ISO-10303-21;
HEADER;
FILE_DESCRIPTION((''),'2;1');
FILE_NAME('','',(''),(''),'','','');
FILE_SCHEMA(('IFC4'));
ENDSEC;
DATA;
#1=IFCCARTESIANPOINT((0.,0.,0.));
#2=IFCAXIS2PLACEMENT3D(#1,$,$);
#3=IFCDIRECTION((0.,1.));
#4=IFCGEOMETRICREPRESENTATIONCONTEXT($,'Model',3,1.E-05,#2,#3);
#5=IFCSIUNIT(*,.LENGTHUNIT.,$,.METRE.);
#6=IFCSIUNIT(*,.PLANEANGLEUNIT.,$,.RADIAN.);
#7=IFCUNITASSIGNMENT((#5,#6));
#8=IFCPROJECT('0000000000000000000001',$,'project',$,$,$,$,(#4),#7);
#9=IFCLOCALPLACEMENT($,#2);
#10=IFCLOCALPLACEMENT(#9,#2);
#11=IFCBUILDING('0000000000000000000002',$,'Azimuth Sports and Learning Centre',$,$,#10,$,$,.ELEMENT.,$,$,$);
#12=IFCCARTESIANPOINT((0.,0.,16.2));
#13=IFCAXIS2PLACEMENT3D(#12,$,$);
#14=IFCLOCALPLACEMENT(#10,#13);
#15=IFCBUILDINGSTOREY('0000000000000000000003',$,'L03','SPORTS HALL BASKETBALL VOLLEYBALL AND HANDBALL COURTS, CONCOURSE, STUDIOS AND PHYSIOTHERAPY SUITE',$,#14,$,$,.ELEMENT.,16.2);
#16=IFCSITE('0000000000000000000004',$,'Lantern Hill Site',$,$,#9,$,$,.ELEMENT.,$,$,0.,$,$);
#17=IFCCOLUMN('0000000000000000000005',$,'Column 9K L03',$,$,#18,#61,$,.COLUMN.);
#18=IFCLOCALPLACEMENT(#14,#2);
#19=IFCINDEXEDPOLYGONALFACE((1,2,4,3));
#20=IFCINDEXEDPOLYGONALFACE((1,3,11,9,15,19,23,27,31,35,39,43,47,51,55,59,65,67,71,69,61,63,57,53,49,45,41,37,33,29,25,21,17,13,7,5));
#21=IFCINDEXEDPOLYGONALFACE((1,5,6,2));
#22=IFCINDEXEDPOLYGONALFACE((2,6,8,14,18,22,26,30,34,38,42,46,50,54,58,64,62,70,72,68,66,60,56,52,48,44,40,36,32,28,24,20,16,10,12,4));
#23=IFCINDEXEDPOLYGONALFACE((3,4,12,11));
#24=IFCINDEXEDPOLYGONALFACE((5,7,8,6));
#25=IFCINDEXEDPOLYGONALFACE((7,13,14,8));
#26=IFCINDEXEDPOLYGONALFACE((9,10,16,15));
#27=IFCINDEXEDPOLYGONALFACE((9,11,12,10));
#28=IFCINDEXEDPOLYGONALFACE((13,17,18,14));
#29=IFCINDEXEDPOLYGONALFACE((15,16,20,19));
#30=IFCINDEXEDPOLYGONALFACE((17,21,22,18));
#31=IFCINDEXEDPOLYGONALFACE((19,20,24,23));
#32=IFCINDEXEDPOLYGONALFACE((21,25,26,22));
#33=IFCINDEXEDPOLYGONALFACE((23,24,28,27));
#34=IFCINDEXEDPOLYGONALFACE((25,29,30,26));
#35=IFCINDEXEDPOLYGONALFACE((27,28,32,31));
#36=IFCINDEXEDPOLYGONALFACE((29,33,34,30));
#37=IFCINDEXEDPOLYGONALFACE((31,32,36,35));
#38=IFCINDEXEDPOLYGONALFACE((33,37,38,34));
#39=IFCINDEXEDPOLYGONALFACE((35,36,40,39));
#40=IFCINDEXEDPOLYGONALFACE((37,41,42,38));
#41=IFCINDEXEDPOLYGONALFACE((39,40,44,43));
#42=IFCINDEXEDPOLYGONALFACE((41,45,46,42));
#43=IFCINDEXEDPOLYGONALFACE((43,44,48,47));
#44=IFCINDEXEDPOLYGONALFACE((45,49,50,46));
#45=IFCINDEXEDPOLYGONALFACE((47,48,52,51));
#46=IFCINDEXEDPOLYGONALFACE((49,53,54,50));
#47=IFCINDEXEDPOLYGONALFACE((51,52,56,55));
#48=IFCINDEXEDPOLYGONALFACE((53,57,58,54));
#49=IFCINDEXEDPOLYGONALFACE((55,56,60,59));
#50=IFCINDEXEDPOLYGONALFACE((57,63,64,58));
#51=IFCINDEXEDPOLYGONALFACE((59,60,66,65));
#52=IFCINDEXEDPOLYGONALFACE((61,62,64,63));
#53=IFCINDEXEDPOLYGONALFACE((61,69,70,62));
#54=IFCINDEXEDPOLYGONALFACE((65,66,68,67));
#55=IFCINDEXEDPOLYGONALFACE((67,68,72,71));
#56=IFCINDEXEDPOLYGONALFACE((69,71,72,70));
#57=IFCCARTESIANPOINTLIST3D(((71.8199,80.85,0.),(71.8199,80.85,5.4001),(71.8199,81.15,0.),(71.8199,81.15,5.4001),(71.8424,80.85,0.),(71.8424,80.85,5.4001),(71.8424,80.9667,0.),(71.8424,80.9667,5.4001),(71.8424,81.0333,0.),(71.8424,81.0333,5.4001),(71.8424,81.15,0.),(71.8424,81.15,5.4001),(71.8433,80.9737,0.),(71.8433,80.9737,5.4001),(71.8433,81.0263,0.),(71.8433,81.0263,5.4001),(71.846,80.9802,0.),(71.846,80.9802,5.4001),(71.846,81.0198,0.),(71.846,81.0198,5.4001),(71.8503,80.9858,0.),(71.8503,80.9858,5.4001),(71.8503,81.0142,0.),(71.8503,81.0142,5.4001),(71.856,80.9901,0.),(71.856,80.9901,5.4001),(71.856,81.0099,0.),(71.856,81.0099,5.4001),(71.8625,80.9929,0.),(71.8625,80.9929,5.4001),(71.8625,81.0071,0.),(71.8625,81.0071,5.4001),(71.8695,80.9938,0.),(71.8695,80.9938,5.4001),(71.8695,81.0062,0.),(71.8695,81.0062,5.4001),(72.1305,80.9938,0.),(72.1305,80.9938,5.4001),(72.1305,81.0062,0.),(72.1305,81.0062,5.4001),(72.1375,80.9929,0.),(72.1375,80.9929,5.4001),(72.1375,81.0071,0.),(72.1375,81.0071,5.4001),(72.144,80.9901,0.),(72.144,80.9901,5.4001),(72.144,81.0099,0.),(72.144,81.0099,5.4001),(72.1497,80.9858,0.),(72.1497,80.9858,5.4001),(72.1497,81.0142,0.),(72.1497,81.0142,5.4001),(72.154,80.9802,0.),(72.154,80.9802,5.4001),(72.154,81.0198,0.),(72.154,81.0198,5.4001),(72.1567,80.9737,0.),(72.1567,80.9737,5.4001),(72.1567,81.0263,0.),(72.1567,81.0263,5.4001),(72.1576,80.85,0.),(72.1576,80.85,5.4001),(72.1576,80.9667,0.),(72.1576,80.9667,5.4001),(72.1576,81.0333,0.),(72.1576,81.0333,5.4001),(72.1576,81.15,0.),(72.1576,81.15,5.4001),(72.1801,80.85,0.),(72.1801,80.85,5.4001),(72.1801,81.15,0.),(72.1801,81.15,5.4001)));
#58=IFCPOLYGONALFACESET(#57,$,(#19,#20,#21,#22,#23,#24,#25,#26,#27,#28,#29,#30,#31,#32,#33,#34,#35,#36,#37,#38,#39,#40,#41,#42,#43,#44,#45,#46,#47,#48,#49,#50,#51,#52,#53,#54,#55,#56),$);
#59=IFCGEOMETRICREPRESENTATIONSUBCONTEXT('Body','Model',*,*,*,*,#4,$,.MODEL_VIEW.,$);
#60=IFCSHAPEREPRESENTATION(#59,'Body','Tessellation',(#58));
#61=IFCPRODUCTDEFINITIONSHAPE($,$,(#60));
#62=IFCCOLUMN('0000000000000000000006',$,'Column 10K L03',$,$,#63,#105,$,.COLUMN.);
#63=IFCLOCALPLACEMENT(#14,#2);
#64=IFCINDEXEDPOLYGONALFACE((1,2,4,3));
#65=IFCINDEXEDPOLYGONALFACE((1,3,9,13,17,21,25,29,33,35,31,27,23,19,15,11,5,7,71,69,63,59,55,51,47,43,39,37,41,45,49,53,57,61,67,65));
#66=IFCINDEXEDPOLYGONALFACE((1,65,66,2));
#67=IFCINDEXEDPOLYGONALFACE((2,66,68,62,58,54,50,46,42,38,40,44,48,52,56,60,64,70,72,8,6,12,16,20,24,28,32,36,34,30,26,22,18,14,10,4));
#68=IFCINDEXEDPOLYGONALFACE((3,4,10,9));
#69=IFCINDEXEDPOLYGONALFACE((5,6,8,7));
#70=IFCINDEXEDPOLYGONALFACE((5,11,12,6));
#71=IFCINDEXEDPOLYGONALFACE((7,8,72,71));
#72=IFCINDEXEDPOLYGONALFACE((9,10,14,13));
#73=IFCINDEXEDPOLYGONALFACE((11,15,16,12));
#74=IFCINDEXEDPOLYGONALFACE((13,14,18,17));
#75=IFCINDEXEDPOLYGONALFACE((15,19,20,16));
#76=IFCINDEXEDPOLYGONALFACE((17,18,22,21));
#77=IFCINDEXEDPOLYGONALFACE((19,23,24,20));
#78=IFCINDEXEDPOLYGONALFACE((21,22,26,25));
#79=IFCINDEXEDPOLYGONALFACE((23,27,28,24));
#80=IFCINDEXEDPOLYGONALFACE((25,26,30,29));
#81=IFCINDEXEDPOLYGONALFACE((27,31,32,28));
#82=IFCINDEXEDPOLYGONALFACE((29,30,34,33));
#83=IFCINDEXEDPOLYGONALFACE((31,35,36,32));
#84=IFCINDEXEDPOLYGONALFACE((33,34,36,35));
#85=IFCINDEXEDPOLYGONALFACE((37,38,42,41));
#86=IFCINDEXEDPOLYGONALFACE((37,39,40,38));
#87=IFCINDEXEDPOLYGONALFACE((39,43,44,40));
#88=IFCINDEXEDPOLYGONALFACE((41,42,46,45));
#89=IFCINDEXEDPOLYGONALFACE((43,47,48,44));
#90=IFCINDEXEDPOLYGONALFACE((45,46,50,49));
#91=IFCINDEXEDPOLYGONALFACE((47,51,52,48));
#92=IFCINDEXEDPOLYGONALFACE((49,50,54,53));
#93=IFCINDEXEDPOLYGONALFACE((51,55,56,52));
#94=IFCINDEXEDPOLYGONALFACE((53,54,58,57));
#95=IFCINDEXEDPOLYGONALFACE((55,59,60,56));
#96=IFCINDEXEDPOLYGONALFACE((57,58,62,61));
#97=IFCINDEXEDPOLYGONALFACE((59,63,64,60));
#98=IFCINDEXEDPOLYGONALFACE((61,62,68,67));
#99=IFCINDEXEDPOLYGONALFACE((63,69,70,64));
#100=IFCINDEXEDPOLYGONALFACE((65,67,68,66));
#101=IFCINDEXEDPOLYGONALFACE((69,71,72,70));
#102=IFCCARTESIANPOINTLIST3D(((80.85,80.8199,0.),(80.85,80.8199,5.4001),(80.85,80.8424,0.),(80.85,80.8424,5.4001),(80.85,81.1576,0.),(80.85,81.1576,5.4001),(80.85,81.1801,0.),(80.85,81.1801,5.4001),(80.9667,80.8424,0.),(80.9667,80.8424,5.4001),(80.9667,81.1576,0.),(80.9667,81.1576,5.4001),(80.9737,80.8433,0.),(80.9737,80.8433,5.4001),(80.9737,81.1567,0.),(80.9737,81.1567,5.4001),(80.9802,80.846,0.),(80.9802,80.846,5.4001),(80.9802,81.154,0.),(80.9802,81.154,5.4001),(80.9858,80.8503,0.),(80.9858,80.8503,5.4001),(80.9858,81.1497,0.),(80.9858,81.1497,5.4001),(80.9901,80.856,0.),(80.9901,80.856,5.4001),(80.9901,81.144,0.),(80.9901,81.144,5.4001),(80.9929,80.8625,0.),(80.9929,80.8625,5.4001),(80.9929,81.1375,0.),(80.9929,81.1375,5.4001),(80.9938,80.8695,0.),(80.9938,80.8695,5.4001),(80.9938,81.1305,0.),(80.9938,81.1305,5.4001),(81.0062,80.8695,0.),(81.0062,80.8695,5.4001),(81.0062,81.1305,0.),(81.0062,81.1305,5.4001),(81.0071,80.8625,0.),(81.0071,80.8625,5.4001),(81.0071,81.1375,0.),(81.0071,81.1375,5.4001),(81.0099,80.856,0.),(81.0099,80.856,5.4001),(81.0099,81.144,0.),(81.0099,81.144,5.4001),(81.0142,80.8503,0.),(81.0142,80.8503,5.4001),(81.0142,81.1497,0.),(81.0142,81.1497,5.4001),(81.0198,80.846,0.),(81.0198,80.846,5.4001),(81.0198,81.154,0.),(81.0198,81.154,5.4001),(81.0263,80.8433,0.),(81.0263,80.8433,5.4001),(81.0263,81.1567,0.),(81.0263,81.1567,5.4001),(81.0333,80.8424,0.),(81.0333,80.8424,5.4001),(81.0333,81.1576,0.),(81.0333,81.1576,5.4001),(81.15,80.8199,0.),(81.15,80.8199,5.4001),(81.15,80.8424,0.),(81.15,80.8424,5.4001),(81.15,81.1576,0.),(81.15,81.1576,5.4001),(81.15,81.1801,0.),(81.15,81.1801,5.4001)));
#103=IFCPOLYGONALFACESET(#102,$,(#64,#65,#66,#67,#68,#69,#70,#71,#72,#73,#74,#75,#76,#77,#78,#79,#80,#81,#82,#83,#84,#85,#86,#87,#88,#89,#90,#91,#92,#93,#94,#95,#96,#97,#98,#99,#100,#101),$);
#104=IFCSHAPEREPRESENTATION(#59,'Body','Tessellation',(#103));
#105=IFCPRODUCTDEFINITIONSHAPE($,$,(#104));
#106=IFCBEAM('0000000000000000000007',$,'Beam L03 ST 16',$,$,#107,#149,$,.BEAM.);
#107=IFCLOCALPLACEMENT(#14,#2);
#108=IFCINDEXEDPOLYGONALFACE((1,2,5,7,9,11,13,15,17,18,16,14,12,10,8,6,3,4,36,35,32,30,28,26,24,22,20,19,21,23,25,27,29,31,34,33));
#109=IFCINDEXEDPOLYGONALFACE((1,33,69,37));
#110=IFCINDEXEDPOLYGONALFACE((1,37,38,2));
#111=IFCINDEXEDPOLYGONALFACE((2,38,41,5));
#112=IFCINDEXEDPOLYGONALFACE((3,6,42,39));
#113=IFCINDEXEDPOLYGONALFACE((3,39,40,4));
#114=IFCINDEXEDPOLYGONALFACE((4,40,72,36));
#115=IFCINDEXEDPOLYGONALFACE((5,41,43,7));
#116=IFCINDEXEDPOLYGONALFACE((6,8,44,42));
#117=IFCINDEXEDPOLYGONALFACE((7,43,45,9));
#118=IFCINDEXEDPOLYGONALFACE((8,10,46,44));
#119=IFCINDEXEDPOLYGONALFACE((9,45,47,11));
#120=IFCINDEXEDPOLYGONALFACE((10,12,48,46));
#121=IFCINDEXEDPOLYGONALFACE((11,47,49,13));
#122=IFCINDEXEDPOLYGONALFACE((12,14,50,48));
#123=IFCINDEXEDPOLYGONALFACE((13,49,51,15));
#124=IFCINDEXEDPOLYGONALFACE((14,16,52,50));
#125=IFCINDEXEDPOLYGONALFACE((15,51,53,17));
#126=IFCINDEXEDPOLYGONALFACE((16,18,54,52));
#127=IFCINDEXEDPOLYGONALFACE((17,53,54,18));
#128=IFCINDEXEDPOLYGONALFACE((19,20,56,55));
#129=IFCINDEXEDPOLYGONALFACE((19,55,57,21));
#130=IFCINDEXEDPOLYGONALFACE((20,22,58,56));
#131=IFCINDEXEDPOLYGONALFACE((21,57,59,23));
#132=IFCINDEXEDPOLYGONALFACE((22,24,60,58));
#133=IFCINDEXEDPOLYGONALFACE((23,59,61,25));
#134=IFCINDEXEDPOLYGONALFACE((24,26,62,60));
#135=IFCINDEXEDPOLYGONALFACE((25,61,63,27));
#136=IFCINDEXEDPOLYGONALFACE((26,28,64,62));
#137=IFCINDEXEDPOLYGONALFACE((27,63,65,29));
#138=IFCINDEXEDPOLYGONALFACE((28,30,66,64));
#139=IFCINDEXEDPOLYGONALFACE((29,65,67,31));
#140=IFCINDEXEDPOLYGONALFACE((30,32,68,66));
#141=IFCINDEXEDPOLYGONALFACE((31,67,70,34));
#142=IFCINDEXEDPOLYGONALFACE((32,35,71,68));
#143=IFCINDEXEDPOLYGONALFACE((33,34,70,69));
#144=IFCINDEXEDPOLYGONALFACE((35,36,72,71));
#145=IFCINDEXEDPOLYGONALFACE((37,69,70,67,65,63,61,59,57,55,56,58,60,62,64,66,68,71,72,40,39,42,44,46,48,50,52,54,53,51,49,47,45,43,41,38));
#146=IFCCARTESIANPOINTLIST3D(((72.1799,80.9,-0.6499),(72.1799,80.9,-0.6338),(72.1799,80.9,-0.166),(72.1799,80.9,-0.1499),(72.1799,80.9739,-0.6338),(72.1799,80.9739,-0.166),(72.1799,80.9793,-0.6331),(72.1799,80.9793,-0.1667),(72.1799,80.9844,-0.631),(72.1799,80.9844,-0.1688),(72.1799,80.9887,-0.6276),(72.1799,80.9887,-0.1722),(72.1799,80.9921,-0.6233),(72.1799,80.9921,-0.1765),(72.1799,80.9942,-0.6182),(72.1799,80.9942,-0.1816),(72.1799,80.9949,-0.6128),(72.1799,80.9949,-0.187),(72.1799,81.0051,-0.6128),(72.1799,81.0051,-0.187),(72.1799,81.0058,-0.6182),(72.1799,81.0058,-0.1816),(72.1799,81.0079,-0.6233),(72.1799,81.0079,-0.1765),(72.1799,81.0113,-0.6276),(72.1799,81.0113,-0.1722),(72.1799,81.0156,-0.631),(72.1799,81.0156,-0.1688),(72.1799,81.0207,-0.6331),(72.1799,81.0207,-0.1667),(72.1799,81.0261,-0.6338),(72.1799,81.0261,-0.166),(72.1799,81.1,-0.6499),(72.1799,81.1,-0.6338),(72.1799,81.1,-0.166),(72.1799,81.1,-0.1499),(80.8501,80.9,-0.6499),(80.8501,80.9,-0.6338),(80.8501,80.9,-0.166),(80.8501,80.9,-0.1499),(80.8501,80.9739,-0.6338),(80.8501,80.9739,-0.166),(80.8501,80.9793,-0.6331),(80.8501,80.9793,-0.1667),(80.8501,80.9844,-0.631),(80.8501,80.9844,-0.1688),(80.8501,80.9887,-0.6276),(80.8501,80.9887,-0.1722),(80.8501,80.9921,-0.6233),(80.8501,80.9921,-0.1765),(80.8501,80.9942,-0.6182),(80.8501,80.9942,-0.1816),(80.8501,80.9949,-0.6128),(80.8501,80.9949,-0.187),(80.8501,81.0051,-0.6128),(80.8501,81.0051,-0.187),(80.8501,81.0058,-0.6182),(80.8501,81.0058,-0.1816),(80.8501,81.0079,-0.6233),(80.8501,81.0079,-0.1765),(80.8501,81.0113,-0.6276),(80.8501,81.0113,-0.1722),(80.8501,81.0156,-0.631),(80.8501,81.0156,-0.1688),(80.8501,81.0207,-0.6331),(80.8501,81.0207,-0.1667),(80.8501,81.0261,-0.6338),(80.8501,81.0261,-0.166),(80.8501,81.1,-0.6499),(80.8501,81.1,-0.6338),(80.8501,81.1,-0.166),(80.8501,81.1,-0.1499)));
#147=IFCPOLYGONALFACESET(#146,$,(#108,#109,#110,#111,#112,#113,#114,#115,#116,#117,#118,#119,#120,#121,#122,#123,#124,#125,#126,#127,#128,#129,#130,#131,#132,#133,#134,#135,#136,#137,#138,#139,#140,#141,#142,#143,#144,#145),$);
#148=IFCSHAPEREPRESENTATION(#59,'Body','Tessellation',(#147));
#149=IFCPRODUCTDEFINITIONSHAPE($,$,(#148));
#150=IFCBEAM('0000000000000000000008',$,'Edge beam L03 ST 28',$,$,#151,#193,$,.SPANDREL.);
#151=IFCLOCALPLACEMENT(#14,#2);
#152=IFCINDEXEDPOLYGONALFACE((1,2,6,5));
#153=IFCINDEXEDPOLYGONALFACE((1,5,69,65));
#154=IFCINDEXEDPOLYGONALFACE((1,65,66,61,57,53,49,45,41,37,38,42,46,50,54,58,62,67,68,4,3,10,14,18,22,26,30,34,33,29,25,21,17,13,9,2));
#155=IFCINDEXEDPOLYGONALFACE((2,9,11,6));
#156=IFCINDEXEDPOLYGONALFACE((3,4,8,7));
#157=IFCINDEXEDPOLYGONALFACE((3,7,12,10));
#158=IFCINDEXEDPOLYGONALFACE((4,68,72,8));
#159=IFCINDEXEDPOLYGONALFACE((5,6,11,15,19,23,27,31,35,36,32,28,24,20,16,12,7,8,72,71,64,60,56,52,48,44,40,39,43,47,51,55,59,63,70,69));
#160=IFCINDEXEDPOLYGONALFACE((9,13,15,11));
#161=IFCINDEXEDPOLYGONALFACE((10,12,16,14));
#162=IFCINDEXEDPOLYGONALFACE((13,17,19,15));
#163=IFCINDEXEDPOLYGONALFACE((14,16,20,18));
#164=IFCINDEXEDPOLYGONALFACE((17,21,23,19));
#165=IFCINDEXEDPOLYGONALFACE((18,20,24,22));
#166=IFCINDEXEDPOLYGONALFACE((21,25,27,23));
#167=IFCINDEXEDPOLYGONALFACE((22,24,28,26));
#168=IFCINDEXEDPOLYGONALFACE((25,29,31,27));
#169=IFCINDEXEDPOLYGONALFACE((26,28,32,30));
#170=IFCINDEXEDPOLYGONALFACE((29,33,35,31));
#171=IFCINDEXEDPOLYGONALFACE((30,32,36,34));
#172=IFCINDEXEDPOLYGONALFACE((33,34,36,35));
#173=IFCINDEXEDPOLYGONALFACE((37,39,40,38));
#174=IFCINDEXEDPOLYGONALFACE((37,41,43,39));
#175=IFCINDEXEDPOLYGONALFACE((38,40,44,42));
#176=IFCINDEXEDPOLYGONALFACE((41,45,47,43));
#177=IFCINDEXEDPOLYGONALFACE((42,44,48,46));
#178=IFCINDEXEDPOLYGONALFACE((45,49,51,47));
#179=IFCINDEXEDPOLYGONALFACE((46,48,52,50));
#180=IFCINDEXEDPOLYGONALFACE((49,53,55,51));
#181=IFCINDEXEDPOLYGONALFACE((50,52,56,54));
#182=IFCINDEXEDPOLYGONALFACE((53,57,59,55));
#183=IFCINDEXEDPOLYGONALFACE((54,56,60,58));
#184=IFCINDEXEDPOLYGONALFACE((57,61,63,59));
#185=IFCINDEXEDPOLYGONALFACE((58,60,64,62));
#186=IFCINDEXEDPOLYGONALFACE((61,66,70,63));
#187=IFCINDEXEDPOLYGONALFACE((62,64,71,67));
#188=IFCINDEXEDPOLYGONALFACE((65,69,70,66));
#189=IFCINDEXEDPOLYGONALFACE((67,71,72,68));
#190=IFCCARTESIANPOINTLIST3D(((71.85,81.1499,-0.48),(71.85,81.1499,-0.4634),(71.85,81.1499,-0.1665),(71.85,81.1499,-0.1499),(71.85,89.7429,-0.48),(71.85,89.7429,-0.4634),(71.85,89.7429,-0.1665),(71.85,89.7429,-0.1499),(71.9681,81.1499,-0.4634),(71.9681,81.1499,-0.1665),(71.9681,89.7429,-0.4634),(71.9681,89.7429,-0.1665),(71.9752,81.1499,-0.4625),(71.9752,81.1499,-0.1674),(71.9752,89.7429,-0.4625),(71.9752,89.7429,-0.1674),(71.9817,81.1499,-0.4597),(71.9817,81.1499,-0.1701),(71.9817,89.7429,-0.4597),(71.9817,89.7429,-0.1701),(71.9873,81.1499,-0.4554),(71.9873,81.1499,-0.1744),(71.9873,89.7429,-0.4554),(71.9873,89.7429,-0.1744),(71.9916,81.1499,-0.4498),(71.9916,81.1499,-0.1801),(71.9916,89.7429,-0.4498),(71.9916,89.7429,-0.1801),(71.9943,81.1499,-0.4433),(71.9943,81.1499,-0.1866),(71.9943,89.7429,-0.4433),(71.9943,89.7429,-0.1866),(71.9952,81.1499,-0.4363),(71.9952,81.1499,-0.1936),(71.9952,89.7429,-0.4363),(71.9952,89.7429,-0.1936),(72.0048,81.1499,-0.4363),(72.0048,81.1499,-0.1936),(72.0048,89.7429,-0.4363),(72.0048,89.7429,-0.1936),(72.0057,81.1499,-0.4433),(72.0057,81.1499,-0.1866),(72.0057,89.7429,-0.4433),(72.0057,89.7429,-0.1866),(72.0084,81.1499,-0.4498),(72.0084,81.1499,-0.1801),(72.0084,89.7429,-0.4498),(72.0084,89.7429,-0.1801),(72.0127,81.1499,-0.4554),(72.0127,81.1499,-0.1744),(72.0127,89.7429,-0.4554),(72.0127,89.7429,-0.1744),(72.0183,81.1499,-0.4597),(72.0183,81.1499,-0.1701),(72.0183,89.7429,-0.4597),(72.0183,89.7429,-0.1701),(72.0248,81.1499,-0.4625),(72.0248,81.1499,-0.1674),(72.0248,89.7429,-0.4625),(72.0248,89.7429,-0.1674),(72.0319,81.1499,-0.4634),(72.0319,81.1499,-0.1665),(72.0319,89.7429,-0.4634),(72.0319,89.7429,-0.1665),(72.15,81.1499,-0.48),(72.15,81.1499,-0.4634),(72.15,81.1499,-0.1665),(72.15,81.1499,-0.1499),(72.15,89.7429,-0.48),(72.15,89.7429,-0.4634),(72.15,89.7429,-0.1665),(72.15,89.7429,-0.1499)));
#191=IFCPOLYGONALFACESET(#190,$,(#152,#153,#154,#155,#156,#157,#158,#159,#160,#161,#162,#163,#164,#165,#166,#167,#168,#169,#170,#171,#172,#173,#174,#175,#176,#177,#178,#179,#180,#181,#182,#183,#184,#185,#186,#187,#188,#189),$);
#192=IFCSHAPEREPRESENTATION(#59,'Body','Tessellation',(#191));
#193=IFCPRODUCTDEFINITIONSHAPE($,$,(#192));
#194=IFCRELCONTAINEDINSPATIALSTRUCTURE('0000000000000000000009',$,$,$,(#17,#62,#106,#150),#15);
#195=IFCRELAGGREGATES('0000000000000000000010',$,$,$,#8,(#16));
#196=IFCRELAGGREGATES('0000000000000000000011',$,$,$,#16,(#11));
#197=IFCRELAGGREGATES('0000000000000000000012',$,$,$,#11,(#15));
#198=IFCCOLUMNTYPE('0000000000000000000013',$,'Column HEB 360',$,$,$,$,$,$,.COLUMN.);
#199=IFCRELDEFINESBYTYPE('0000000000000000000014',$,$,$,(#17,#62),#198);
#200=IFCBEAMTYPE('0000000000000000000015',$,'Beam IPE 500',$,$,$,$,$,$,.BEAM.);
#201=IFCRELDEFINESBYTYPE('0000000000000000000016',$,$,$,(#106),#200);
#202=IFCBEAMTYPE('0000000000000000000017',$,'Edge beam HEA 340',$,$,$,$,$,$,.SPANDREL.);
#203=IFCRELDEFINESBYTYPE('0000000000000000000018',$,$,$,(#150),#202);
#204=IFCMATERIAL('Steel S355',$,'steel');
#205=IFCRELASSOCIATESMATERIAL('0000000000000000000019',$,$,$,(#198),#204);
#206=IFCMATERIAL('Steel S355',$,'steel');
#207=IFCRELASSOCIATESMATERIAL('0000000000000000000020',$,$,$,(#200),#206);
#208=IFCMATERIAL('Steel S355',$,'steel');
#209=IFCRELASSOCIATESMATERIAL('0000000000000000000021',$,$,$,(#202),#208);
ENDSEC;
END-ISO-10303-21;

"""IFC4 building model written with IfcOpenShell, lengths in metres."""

from ifc_helpers import new_model, si_unit, direction, frame, origin, origin_2d, place, context, subcontext, project, spatial, i_section, extrude, material, material_profile, profile_set, type_object, element, save


model = new_model("IFC4")

# Units and contexts
model_context = context("Model", 3, precision=1e-05, world=origin(), true_north=direction((0.0, 1.0)))
body_context = subcontext(model_context, "Body", "Model", "MODEL_VIEW")
ifc_project = project(units=[si_unit("LENGTHUNIT", "METRE"), si_unit("PLANEANGLEUNIT", "RADIAN")], contexts=[model_context])

# Site, building, storey
site_placement = place(None, origin())
site = spatial("IfcSite", under=ifc_project, at=site_placement, Name="Lantern Hill Site", CompositionType="ELEMENT", RefElevation=0.0)
building_placement = place(site_placement, origin())
building = spatial("IfcBuilding", under=site, at=building_placement, Name="Azimuth Sports and Learning Centre", CompositionType="ELEMENT")
storey_placement = place(building_placement, frame((0.0, 0.0, 16.2)))
storey = spatial("IfcBuildingStorey", under=building, at=storey_placement, Name="L03", Description="SPORTS HALL BASKETBALL VOLLEYBALL AND HANDBALL COURTS, CONCOURSE, STUDIOS AND PHYSIOTHERAPY SUITE", CompositionType="ELEMENT", Elevation=16.2)

# Columns
ifc_material_1 = material(Name="Steel S355", Category="steel")
ifc_material_profile_1 = material_profile(ifc_material_1, i_section(OverallWidth=0.3, OverallDepth=0.3601, WebThickness=0.0125, FlangeThickness=0.0225, FilletRadius=0.0271, at=origin_2d()), Name="HEB 360")
ifc_profile_set_1 = profile_set([ifc_material_profile_1], Name="Steel S355")
column_type = type_object("IfcColumnType", Name="Column HEB 360", PredefinedType="COLUMN", material=ifc_profile_set_1)
for number, where, z_axis, x_axis, name in (
    (1, (72.0, 81.0, 0.0), (0.0, 0.0, 1.0), (0.0, 1.0, 0.0), "Column 9K L03"),
    (2, (81.0, 81.0, 0.0), (0.0, 0.0, 1.0), (1.0, 0.0, 0.0), "Column 10K L03"),
):
    element("IfcColumn", number, at=place(storey_placement, frame(where, z_axis=z_axis, x_axis=x_axis)), inside=storey, type_object=column_type, Name=name, PredefinedType="COLUMN", context=body_context, shape_type="SweptSolid", body=[
        extrude(i_section(OverallWidth=0.3, OverallDepth=0.3601, WebThickness=0.0125, FlangeThickness=0.0225, FilletRadius=0.0271, at=origin_2d()), origin(), (0.0, 0.0, 1.0), 5.4001),
    ])

# Beams
ifc_material_2 = material(Name="Steel S355", Category="steel")
ifc_material_profile_2 = material_profile(ifc_material_2, i_section(OverallWidth=0.2, OverallDepth=0.5, WebThickness=0.0103, FlangeThickness=0.0161, FilletRadius=0.021, at=origin_2d()), Name="IPE 500")
ifc_profile_set_2 = profile_set([ifc_material_profile_2], Name="Steel S355")
beam_type_1 = type_object("IfcBeamType", Name="Beam IPE 500", PredefinedType="BEAM", material=ifc_profile_set_2)
beam_1_placement = place(storey_placement, frame((72.1799, 81.0, -0.3999), z_axis=(1.0, 0.0, 0.0), x_axis=(0.0, 1.0, 0.0)))
element("IfcBeam", 3, at=beam_1_placement, inside=storey, type_object=beam_type_1, Name="Beam L03 ST 16", PredefinedType="BEAM", context=body_context, shape_type="SweptSolid", body=[
    extrude(i_section(OverallWidth=0.2, OverallDepth=0.5, WebThickness=0.0103, FlangeThickness=0.0161, FilletRadius=0.021, at=origin_2d()), origin(), (0.0, 0.0, 1.0), 8.6702),
])
ifc_material_3 = material(Name="Steel S355", Category="steel")
ifc_material_profile_3 = material_profile(ifc_material_3, i_section(OverallWidth=0.3, OverallDepth=0.3301, WebThickness=0.0095, FlangeThickness=0.0166, FilletRadius=0.0271, at=origin_2d()), Name="HEA 340")
ifc_profile_set_3 = profile_set([ifc_material_profile_3], Name="Steel S355")
beam_type_2 = type_object("IfcBeamType", Name="Edge beam HEA 340", PredefinedType="SPANDREL", material=ifc_profile_set_3)
beam_2_placement = place(storey_placement, frame((72.0, 81.1499, -0.3149), z_axis=(0.0, 1.0, 0.0), x_axis=(-1.0, 0.0, 0.0)))
element("IfcBeam", 4, at=beam_2_placement, inside=storey, type_object=beam_type_2, Name="Edge beam L03 ST 28", PredefinedType="SPANDREL", context=body_context, shape_type="SweptSolid", body=[
    extrude(i_section(OverallWidth=0.3, OverallDepth=0.3301, WebThickness=0.0095, FlangeThickness=0.0166, FilletRadius=0.0271, at=origin_2d()), origin(), (0.0, 0.0, 1.0), 8.593),
])

save(model, "model.ifc")
